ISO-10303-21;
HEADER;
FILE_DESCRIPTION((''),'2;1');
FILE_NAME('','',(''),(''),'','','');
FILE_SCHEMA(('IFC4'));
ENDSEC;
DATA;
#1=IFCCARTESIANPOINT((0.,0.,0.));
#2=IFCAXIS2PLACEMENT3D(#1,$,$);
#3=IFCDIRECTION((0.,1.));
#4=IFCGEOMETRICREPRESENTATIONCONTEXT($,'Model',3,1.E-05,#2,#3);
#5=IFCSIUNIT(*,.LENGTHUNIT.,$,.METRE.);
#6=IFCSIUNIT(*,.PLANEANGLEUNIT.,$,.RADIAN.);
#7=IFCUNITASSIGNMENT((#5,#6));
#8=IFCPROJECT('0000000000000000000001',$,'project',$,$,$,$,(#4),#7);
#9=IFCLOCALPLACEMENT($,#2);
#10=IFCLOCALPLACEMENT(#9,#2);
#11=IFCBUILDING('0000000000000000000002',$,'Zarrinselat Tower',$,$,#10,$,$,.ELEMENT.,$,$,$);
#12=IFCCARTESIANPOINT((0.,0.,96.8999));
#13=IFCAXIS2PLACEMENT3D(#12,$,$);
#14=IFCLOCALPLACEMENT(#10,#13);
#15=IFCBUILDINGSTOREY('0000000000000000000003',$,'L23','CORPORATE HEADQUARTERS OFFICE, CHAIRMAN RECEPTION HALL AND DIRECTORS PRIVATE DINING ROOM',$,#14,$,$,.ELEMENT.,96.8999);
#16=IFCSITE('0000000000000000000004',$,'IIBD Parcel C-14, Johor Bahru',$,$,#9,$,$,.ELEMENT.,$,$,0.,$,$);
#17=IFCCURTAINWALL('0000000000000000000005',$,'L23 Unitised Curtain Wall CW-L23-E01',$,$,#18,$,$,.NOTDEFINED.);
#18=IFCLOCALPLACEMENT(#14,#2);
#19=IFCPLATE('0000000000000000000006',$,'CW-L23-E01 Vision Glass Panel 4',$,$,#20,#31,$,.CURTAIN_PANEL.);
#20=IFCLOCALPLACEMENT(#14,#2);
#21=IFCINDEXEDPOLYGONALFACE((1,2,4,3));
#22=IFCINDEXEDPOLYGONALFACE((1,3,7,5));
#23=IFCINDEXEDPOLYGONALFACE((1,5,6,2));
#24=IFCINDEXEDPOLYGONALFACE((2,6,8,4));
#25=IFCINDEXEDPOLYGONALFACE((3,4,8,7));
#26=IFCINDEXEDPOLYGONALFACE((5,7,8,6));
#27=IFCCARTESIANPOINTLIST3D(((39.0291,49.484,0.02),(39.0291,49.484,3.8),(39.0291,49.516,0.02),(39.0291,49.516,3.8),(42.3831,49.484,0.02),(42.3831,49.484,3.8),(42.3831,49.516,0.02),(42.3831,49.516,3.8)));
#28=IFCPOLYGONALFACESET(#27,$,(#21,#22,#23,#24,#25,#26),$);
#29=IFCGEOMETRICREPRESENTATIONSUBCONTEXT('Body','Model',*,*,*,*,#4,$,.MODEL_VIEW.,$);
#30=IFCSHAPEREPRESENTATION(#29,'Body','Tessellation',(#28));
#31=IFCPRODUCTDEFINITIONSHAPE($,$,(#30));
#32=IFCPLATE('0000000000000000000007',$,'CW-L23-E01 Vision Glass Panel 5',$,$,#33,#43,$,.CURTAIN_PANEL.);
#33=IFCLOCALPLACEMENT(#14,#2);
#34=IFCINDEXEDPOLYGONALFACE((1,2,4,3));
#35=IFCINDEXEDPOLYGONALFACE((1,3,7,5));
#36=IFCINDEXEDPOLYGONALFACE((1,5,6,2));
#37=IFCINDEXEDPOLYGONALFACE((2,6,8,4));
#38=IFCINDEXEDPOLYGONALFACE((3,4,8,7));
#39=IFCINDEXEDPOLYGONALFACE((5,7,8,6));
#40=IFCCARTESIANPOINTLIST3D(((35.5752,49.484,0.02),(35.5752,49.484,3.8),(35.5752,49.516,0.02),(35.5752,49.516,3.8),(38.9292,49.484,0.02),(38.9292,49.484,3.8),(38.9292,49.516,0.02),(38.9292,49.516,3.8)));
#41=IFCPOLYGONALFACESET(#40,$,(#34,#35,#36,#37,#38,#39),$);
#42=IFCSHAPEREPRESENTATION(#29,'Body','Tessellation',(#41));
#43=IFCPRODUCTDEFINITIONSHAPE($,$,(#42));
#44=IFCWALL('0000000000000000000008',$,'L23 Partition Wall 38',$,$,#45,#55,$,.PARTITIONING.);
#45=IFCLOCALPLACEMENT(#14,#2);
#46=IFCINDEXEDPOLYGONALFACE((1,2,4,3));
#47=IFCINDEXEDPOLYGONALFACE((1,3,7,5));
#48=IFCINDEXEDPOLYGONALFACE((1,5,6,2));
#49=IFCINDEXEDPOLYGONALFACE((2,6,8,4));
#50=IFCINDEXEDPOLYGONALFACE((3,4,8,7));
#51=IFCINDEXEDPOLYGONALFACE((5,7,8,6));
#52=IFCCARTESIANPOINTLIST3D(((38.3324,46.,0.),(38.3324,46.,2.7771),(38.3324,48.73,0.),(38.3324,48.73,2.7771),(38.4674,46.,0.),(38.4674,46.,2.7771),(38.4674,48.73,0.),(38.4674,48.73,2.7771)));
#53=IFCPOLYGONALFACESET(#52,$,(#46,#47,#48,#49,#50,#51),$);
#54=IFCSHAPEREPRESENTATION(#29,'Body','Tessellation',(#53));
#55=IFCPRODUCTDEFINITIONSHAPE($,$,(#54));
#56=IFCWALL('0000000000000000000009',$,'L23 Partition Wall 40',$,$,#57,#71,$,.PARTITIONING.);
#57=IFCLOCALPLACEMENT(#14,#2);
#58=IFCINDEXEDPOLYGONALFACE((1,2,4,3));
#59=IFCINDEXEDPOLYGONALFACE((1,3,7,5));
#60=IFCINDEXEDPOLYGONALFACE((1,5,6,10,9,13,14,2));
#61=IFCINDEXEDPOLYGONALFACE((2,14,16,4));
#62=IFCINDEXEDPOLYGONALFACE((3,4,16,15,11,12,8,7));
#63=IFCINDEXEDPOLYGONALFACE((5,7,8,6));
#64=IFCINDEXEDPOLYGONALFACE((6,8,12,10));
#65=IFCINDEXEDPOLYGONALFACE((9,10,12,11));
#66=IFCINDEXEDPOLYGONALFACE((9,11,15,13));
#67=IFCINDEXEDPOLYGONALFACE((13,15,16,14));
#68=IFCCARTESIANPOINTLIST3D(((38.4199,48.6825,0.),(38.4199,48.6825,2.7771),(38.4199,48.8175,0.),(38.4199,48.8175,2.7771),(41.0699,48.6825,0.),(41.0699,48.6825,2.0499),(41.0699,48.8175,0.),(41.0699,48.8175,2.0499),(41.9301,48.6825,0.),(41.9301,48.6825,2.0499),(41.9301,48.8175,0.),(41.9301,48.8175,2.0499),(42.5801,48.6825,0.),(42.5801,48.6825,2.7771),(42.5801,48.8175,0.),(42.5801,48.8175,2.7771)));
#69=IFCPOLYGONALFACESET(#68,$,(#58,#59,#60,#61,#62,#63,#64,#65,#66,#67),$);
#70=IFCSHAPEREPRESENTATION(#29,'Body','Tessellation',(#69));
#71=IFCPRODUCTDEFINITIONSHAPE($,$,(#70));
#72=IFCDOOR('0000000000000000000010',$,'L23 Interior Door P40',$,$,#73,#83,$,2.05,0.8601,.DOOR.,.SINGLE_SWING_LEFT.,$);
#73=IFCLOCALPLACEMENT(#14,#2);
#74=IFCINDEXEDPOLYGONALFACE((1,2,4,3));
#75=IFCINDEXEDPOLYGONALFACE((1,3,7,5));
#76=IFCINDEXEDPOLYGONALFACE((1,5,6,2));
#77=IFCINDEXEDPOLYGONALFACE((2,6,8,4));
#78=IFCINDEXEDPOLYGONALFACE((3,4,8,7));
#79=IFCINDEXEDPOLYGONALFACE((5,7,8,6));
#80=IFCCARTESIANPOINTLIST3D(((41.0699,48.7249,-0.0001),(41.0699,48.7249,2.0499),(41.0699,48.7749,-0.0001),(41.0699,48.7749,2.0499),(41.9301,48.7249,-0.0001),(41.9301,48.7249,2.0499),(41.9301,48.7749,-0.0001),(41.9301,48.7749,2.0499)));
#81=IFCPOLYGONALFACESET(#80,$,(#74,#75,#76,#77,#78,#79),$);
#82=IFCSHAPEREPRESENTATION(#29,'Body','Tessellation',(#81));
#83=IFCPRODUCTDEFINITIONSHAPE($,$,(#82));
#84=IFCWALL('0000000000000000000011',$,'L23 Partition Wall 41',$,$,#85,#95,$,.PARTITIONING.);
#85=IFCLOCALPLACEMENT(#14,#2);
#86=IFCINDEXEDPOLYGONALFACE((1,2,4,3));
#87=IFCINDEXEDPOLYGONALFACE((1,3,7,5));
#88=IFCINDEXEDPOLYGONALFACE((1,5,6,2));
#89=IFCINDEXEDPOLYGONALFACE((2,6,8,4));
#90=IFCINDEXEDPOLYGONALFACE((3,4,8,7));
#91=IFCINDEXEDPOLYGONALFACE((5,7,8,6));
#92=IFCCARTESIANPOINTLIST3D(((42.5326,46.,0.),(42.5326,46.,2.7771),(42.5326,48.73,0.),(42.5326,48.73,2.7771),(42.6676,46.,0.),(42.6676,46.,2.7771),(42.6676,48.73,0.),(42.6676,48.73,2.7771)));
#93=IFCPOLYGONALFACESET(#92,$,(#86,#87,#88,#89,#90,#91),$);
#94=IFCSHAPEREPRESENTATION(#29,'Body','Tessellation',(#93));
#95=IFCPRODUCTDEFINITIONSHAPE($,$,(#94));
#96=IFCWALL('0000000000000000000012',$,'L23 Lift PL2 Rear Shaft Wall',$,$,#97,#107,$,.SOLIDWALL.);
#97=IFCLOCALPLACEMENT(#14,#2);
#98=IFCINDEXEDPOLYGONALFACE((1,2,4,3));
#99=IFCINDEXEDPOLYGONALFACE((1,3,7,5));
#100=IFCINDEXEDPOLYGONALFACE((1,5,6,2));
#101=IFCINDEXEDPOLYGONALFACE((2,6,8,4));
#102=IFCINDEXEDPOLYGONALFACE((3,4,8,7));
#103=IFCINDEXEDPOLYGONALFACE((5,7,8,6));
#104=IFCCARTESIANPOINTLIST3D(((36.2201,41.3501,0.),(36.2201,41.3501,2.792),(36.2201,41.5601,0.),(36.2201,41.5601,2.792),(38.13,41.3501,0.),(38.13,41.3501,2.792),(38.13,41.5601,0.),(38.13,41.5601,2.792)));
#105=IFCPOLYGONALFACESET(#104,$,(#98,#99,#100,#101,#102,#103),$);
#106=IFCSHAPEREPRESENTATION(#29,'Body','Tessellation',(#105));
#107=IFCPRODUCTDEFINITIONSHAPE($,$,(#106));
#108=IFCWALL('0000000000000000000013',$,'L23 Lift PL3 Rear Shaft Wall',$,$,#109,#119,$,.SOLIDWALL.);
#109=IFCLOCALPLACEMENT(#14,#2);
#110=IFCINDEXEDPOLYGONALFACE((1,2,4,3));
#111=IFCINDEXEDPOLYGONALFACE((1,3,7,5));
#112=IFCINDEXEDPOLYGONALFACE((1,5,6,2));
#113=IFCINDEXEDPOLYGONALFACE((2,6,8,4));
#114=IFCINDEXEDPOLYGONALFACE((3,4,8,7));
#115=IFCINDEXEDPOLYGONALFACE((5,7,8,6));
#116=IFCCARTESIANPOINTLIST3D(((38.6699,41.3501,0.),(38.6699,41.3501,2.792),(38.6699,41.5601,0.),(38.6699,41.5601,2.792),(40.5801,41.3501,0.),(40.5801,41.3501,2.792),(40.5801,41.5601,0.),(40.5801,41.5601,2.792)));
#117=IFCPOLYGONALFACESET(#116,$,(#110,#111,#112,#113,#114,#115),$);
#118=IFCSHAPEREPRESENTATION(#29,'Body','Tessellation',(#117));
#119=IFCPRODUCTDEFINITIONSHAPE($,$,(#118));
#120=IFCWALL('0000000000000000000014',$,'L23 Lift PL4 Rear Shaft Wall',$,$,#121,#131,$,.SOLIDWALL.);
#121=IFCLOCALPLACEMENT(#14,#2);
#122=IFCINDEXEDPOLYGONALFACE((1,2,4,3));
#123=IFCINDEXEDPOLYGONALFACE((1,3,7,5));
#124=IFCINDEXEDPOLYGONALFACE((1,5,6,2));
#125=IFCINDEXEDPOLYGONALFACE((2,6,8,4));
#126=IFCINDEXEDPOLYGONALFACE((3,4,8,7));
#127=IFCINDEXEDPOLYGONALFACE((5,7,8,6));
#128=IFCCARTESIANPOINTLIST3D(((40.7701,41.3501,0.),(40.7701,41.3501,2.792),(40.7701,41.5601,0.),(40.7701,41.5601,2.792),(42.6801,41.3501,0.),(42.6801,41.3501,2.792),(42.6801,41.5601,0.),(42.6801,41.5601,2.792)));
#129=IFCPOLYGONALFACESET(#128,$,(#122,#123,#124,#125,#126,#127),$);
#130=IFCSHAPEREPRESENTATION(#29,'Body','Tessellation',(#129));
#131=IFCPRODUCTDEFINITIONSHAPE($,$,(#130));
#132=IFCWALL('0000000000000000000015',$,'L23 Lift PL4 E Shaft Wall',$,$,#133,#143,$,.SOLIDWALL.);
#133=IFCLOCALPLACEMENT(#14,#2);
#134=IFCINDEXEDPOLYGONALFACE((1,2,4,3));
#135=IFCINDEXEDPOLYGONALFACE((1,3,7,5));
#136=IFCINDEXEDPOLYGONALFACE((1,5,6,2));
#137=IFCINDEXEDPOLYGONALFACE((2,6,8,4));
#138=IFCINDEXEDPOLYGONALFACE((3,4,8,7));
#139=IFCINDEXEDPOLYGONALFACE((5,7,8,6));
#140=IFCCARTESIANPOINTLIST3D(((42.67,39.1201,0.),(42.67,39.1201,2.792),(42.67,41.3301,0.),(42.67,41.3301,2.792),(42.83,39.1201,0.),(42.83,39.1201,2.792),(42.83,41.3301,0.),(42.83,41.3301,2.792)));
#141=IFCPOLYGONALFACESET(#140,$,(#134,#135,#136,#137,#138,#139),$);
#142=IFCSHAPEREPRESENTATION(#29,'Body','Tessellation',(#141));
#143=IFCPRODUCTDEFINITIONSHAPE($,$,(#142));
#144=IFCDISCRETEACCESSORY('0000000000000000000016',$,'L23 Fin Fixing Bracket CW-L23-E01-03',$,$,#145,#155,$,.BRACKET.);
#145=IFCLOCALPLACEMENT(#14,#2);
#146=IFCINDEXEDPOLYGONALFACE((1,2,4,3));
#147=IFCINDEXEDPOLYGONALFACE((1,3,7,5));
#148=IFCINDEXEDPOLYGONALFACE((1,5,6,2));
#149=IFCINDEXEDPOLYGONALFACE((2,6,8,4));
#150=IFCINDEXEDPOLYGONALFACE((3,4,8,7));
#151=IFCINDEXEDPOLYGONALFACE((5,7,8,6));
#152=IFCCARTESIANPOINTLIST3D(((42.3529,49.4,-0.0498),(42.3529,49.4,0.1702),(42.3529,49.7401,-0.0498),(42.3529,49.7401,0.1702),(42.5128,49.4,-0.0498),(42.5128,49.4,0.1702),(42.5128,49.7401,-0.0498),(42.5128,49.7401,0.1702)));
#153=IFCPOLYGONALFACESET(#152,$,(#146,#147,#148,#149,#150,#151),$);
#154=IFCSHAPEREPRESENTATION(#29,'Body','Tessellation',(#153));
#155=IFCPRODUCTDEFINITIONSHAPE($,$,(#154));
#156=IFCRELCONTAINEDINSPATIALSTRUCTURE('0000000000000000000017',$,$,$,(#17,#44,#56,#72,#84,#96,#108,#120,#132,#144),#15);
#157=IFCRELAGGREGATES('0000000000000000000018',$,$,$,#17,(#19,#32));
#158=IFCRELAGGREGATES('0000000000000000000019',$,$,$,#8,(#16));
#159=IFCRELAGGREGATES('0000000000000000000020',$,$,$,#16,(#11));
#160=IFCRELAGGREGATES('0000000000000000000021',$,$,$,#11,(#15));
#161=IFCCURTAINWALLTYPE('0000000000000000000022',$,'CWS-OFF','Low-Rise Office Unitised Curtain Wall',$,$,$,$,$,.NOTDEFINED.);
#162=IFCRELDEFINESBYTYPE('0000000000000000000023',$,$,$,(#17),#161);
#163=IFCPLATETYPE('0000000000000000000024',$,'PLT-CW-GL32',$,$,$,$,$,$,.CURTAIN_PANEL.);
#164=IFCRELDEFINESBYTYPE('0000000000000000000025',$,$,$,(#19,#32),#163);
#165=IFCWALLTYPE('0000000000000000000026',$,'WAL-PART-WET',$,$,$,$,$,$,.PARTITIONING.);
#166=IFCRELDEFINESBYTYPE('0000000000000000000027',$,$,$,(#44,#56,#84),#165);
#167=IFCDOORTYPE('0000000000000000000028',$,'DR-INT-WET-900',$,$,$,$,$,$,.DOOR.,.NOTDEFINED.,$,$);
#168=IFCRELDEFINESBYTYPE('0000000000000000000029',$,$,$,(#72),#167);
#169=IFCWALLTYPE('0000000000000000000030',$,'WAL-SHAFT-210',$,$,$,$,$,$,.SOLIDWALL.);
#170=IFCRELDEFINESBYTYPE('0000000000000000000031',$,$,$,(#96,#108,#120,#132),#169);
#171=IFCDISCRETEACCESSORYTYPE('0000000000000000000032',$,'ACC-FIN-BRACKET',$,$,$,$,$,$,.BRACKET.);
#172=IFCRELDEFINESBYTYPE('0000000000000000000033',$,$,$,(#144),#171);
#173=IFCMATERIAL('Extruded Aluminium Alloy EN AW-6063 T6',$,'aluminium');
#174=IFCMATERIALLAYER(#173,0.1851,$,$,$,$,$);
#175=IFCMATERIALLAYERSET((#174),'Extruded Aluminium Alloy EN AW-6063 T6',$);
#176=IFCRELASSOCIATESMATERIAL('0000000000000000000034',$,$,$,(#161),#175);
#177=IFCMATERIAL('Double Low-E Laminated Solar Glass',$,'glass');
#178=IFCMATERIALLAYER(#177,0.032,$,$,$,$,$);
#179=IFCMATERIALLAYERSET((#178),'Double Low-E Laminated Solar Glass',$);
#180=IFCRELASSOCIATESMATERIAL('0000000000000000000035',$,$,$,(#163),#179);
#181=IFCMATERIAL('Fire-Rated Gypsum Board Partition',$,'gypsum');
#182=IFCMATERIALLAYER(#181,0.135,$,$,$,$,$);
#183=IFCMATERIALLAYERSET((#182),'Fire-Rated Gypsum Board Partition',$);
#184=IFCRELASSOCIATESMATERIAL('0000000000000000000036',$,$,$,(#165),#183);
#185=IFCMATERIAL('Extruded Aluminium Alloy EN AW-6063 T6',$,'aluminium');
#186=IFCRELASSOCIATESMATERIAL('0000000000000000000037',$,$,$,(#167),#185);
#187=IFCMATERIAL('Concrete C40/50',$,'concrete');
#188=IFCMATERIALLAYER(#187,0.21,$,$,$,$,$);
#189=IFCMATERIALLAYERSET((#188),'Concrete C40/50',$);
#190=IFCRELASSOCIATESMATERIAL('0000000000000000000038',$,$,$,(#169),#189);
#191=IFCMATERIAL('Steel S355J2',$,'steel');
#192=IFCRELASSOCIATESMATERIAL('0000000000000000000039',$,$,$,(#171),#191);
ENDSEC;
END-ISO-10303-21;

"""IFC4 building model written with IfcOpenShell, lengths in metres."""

from ifc_helpers import new_model, si_unit, direction, frame, frame_2d, origin, origin_2d, place, context, subcontext, project, spatial, rectangle, extrude, material, layer, layer_set, type_object, element, fill, aggregate, save


model = new_model("IFC4")

# Units and contexts
model_context = context("Model", 3, precision=1e-05, world=origin(), true_north=direction((0.0, 1.0)))
body_context = subcontext(model_context, "Body", "Model", "MODEL_VIEW")
ifc_project = project(units=[si_unit("LENGTHUNIT", "METRE"), si_unit("PLANEANGLEUNIT", "RADIAN")], contexts=[model_context])

# Site, building, storey
site_placement = place(None, origin())
site = spatial("IfcSite", under=ifc_project, at=site_placement, Name="IIBD Parcel C-14, Johor Bahru", CompositionType="ELEMENT", RefElevation=0.0)
building_placement = place(site_placement, origin())
building = spatial("IfcBuilding", under=site, at=building_placement, Name="Zarrinselat Tower", CompositionType="ELEMENT")
storey_placement = place(building_placement, frame((0.0, 0.0, 96.8999)))
storey = spatial("IfcBuildingStorey", under=building, at=storey_placement, Name="L23", Description="CORPORATE HEADQUARTERS OFFICE, CHAIRMAN RECEPTION HALL AND DIRECTORS PRIVATE DINING ROOM", CompositionType="ELEMENT", Elevation=96.8999)

# Curtain wall, plates
ifc_material_1 = material(Name="Extruded Aluminium Alloy EN AW-6063 T6", Category="aluminium")
ifc_layer_1 = layer(ifc_material_1, 0.1851)
ifc_layer_set_1 = layer_set([ifc_layer_1], Name="Extruded Aluminium Alloy EN AW-6063 T6")
curtain_wall_type = type_object("IfcCurtainWallType", Name="CWS-OFF", Description="Low-Rise Office Unitised Curtain Wall", PredefinedType="NOTDEFINED", material=ifc_layer_set_1)
curtain_wall_placement = place(storey_placement, origin())
curtain_wall = element("IfcCurtainWall", 1, at=curtain_wall_placement, inside=storey, type_object=curtain_wall_type, Name="L23 Unitised Curtain Wall CW-L23-E01", PredefinedType="NOTDEFINED")
ifc_material_2 = material(Name="Double Low-E Laminated Solar Glass", Category="glass")
ifc_layer_2 = layer(ifc_material_2, 0.032)
ifc_layer_set_2 = layer_set([ifc_layer_2], Name="Double Low-E Laminated Solar Glass")
plate_type = type_object("IfcPlateType", Name="PLT-CW-GL32", PredefinedType="CURTAIN_PANEL", material=ifc_layer_set_2)
plate_1_placement = place(storey_placement, frame((40.7061, 49.5, 0.02), z_axis=(0.0, 0.0, 1.0), x_axis=(-1.0, 0.0, 0.0)))
plate_1 = element("IfcPlate", 2, at=plate_1_placement, type_object=plate_type, Name="CW-L23-E01 Vision Glass Panel 4", PredefinedType="CURTAIN_PANEL", context=body_context, shape_type="SweptSolid", body=[
    extrude(rectangle(XDim=3.354, YDim=0.032, at=origin_2d()), origin(), (0.0, 0.0, 1.0), 3.78),
])
plate_2_placement = place(storey_placement, frame((37.2522, 49.5, 0.02), z_axis=(0.0, 0.0, 1.0), x_axis=(-1.0, 0.0, 0.0)))
plate_2 = element("IfcPlate", 3, at=plate_2_placement, type_object=plate_type, Name="CW-L23-E01 Vision Glass Panel 5", PredefinedType="CURTAIN_PANEL", context=body_context, shape_type="SweptSolid", body=[
    extrude(rectangle(XDim=3.354, YDim=0.032, at=origin_2d()), origin(), (0.0, 0.0, 1.0), 3.78),
])
aggregate(curtain_wall, [plate_1, plate_2])

# Wall
ifc_material_3 = material(Name="Fire-Rated Gypsum Board Partition", Category="gypsum")
ifc_layer_3 = layer(ifc_material_3, 0.135)
ifc_layer_set_3 = layer_set([ifc_layer_3], Name="Fire-Rated Gypsum Board Partition")
wall_type_1 = type_object("IfcWallType", Name="WAL-PART-WET", PredefinedType="PARTITIONING", material=ifc_layer_set_3)
wall_1_placement = place(storey_placement, frame((38.3999, 46.0, 0.0), z_axis=(0.0, 0.0, 1.0), x_axis=(0.0, 1.0, 0.0)))
element("IfcWall", 4, at=wall_1_placement, inside=storey, type_object=wall_type_1, Name="L23 Partition Wall 38", PredefinedType="PARTITIONING", context=body_context, shape_type="SweptSolid", body=[
    extrude(rectangle(XDim=2.73, YDim=0.135, at=frame_2d((1.365, 0.0))), origin(), (0.0, 0.0, 1.0), 2.7771),
])

# Wall, opening, door
wall_2_placement = place(storey_placement, frame((38.4199, 48.75, 0.0), z_axis=(0.0, 0.0, 1.0), x_axis=(1.0, 0.0, 0.0)))
wall_2 = element("IfcWall", 5, at=wall_2_placement, inside=storey, type_object=wall_type_1, Name="L23 Partition Wall 40", PredefinedType="PARTITIONING", context=body_context, shape_type="SweptSolid", body=[
    extrude(rectangle(XDim=4.1602, YDim=0.135, at=frame_2d((2.0801, 0.0))), origin(), (0.0, 0.0, 1.0), 2.7771),
])
opening_placement = place(wall_2_placement, frame((2.6499, 0.0, 0.0)))
opening = element("IfcOpeningElement", 6, at=opening_placement, cuts=wall_2, PredefinedType="OPENING", context=body_context, shape_type="SweptSolid", body=[
    extrude(rectangle(XDim=0.8601, YDim=2.05, at=frame_2d((0.4302, 1.0249))), frame((0.0, 0.0774, 0.0), z_axis=(0.0, -1.0, 0.0), x_axis=(1.0, 0.0, 0.0)), (0.0, 0.0, 1.0), 0.155),
])
ifc_material_4 = material(Name="Extruded Aluminium Alloy EN AW-6063 T6", Category="aluminium")
door_type = type_object("IfcDoorType", Name="DR-INT-WET-900", OperationType="NOTDEFINED", PredefinedType="DOOR", material=ifc_material_4)
door_placement = place(opening_placement, origin())
door = element("IfcDoor", 7, at=door_placement, inside=storey, type_object=door_type, Name="L23 Interior Door P40", OperationType="SINGLE_SWING_LEFT", OverallHeight=2.05, OverallWidth=0.8601, PredefinedType="DOOR", context=body_context, shape_type="SweptSolid", body=[
    extrude(rectangle(XDim=0.8601, YDim=2.05, at=frame_2d((0.4302, 1.0249))), frame((0.0, 0.0249, 0.0), z_axis=(0.0, -1.0, 0.0), x_axis=(1.0, 0.0, 0.0)), (0.0, 0.0, 1.0), 0.05),
])
fill(opening, door)

# Walls
wall_3_placement = place(storey_placement, frame((42.6001, 46.0, 0.0), z_axis=(0.0, 0.0, 1.0), x_axis=(0.0, 1.0, 0.0)))
element("IfcWall", 8, at=wall_3_placement, inside=storey, type_object=wall_type_1, Name="L23 Partition Wall 41", PredefinedType="PARTITIONING", context=body_context, shape_type="SweptSolid", body=[
    extrude(rectangle(XDim=2.73, YDim=0.135, at=frame_2d((1.365, 0.0))), origin(), (0.0, 0.0, 1.0), 2.7771),
])
ifc_material_5 = material(Name="Concrete C40/50", Category="concrete")
ifc_layer_4 = layer(ifc_material_5, 0.21)
ifc_layer_set_4 = layer_set([ifc_layer_4], Name="Concrete C40/50")
wall_type_2 = type_object("IfcWallType", Name="WAL-SHAFT-210", PredefinedType="SOLIDWALL", material=ifc_layer_set_4)
wall_4_placement = place(storey_placement, frame((36.22, 41.4551, 0.0), z_axis=(0.0, 0.0, 1.0), x_axis=(1.0, 0.0, 0.0)))
element("IfcWall", 9, at=wall_4_placement, inside=storey, type_object=wall_type_2, Name="L23 Lift PL2 Rear Shaft Wall", PredefinedType="SOLIDWALL", context=body_context, shape_type="SweptSolid", body=[
    extrude(rectangle(XDim=1.9099, YDim=0.21, at=frame_2d((0.9551, 0.0))), origin(), (0.0, 0.0, 1.0), 2.792),
])
wall_5_placement = place(storey_placement, frame((38.6699, 41.4551, 0.0), z_axis=(0.0, 0.0, 1.0), x_axis=(1.0, 0.0, 0.0)))
element("IfcWall", 10, at=wall_5_placement, inside=storey, type_object=wall_type_2, Name="L23 Lift PL3 Rear Shaft Wall", PredefinedType="SOLIDWALL", context=body_context, shape_type="SweptSolid", body=[
    extrude(rectangle(XDim=1.9102, YDim=0.21, at=frame_2d((0.9551, 0.0))), origin(), (0.0, 0.0, 1.0), 2.792),
])
wall_6_placement = place(storey_placement, frame((40.77, 41.4551, 0.0), z_axis=(0.0, 0.0, 1.0), x_axis=(1.0, 0.0, 0.0)))
element("IfcWall", 11, at=wall_6_placement, inside=storey, type_object=wall_type_2, Name="L23 Lift PL4 Rear Shaft Wall", PredefinedType="SOLIDWALL", context=body_context, shape_type="SweptSolid", body=[
    extrude(rectangle(XDim=1.9099, YDim=0.21, at=frame_2d((0.9551, 0.0))), origin(), (0.0, 0.0, 1.0), 2.792),
])
wall_7_placement = place(storey_placement, frame((42.75, 39.1201, 0.0), z_axis=(0.0, 0.0, 1.0), x_axis=(0.0, 1.0, 0.0)))
element("IfcWall", 12, at=wall_7_placement, inside=storey, type_object=wall_type_2, Name="L23 Lift PL4 E Shaft Wall", PredefinedType="SOLIDWALL", context=body_context, shape_type="SweptSolid", body=[
    extrude(rectangle(XDim=2.21, YDim=0.1599, at=frame_2d((1.105, 0.0))), origin(), (0.0, 0.0, 1.0), 2.792),
])

# Discrete accessory
ifc_material_6 = material(Name="Steel S355J2", Category="steel")
discrete_accessory_type = type_object("IfcDiscreteAccessoryType", Name="ACC-FIN-BRACKET", PredefinedType="BRACKET", material=ifc_material_6)
discrete_accessory_placement = place(storey_placement, frame((42.4329, 49.5701, -0.0498), z_axis=(0.0, 0.0, 1.0), x_axis=(0.0, 1.0, 0.0)))
element("IfcDiscreteAccessory", 13, at=discrete_accessory_placement, inside=storey, type_object=discrete_accessory_type, Name="L23 Fin Fixing Bracket CW-L23-E01-03", PredefinedType="BRACKET", context=body_context, shape_type="SweptSolid", body=[
    extrude(rectangle(XDim=0.3401, YDim=0.1599, at=origin_2d()), origin(), (0.0, 0.0, 1.0), 0.22),
])

save(model, "model.ifc")
